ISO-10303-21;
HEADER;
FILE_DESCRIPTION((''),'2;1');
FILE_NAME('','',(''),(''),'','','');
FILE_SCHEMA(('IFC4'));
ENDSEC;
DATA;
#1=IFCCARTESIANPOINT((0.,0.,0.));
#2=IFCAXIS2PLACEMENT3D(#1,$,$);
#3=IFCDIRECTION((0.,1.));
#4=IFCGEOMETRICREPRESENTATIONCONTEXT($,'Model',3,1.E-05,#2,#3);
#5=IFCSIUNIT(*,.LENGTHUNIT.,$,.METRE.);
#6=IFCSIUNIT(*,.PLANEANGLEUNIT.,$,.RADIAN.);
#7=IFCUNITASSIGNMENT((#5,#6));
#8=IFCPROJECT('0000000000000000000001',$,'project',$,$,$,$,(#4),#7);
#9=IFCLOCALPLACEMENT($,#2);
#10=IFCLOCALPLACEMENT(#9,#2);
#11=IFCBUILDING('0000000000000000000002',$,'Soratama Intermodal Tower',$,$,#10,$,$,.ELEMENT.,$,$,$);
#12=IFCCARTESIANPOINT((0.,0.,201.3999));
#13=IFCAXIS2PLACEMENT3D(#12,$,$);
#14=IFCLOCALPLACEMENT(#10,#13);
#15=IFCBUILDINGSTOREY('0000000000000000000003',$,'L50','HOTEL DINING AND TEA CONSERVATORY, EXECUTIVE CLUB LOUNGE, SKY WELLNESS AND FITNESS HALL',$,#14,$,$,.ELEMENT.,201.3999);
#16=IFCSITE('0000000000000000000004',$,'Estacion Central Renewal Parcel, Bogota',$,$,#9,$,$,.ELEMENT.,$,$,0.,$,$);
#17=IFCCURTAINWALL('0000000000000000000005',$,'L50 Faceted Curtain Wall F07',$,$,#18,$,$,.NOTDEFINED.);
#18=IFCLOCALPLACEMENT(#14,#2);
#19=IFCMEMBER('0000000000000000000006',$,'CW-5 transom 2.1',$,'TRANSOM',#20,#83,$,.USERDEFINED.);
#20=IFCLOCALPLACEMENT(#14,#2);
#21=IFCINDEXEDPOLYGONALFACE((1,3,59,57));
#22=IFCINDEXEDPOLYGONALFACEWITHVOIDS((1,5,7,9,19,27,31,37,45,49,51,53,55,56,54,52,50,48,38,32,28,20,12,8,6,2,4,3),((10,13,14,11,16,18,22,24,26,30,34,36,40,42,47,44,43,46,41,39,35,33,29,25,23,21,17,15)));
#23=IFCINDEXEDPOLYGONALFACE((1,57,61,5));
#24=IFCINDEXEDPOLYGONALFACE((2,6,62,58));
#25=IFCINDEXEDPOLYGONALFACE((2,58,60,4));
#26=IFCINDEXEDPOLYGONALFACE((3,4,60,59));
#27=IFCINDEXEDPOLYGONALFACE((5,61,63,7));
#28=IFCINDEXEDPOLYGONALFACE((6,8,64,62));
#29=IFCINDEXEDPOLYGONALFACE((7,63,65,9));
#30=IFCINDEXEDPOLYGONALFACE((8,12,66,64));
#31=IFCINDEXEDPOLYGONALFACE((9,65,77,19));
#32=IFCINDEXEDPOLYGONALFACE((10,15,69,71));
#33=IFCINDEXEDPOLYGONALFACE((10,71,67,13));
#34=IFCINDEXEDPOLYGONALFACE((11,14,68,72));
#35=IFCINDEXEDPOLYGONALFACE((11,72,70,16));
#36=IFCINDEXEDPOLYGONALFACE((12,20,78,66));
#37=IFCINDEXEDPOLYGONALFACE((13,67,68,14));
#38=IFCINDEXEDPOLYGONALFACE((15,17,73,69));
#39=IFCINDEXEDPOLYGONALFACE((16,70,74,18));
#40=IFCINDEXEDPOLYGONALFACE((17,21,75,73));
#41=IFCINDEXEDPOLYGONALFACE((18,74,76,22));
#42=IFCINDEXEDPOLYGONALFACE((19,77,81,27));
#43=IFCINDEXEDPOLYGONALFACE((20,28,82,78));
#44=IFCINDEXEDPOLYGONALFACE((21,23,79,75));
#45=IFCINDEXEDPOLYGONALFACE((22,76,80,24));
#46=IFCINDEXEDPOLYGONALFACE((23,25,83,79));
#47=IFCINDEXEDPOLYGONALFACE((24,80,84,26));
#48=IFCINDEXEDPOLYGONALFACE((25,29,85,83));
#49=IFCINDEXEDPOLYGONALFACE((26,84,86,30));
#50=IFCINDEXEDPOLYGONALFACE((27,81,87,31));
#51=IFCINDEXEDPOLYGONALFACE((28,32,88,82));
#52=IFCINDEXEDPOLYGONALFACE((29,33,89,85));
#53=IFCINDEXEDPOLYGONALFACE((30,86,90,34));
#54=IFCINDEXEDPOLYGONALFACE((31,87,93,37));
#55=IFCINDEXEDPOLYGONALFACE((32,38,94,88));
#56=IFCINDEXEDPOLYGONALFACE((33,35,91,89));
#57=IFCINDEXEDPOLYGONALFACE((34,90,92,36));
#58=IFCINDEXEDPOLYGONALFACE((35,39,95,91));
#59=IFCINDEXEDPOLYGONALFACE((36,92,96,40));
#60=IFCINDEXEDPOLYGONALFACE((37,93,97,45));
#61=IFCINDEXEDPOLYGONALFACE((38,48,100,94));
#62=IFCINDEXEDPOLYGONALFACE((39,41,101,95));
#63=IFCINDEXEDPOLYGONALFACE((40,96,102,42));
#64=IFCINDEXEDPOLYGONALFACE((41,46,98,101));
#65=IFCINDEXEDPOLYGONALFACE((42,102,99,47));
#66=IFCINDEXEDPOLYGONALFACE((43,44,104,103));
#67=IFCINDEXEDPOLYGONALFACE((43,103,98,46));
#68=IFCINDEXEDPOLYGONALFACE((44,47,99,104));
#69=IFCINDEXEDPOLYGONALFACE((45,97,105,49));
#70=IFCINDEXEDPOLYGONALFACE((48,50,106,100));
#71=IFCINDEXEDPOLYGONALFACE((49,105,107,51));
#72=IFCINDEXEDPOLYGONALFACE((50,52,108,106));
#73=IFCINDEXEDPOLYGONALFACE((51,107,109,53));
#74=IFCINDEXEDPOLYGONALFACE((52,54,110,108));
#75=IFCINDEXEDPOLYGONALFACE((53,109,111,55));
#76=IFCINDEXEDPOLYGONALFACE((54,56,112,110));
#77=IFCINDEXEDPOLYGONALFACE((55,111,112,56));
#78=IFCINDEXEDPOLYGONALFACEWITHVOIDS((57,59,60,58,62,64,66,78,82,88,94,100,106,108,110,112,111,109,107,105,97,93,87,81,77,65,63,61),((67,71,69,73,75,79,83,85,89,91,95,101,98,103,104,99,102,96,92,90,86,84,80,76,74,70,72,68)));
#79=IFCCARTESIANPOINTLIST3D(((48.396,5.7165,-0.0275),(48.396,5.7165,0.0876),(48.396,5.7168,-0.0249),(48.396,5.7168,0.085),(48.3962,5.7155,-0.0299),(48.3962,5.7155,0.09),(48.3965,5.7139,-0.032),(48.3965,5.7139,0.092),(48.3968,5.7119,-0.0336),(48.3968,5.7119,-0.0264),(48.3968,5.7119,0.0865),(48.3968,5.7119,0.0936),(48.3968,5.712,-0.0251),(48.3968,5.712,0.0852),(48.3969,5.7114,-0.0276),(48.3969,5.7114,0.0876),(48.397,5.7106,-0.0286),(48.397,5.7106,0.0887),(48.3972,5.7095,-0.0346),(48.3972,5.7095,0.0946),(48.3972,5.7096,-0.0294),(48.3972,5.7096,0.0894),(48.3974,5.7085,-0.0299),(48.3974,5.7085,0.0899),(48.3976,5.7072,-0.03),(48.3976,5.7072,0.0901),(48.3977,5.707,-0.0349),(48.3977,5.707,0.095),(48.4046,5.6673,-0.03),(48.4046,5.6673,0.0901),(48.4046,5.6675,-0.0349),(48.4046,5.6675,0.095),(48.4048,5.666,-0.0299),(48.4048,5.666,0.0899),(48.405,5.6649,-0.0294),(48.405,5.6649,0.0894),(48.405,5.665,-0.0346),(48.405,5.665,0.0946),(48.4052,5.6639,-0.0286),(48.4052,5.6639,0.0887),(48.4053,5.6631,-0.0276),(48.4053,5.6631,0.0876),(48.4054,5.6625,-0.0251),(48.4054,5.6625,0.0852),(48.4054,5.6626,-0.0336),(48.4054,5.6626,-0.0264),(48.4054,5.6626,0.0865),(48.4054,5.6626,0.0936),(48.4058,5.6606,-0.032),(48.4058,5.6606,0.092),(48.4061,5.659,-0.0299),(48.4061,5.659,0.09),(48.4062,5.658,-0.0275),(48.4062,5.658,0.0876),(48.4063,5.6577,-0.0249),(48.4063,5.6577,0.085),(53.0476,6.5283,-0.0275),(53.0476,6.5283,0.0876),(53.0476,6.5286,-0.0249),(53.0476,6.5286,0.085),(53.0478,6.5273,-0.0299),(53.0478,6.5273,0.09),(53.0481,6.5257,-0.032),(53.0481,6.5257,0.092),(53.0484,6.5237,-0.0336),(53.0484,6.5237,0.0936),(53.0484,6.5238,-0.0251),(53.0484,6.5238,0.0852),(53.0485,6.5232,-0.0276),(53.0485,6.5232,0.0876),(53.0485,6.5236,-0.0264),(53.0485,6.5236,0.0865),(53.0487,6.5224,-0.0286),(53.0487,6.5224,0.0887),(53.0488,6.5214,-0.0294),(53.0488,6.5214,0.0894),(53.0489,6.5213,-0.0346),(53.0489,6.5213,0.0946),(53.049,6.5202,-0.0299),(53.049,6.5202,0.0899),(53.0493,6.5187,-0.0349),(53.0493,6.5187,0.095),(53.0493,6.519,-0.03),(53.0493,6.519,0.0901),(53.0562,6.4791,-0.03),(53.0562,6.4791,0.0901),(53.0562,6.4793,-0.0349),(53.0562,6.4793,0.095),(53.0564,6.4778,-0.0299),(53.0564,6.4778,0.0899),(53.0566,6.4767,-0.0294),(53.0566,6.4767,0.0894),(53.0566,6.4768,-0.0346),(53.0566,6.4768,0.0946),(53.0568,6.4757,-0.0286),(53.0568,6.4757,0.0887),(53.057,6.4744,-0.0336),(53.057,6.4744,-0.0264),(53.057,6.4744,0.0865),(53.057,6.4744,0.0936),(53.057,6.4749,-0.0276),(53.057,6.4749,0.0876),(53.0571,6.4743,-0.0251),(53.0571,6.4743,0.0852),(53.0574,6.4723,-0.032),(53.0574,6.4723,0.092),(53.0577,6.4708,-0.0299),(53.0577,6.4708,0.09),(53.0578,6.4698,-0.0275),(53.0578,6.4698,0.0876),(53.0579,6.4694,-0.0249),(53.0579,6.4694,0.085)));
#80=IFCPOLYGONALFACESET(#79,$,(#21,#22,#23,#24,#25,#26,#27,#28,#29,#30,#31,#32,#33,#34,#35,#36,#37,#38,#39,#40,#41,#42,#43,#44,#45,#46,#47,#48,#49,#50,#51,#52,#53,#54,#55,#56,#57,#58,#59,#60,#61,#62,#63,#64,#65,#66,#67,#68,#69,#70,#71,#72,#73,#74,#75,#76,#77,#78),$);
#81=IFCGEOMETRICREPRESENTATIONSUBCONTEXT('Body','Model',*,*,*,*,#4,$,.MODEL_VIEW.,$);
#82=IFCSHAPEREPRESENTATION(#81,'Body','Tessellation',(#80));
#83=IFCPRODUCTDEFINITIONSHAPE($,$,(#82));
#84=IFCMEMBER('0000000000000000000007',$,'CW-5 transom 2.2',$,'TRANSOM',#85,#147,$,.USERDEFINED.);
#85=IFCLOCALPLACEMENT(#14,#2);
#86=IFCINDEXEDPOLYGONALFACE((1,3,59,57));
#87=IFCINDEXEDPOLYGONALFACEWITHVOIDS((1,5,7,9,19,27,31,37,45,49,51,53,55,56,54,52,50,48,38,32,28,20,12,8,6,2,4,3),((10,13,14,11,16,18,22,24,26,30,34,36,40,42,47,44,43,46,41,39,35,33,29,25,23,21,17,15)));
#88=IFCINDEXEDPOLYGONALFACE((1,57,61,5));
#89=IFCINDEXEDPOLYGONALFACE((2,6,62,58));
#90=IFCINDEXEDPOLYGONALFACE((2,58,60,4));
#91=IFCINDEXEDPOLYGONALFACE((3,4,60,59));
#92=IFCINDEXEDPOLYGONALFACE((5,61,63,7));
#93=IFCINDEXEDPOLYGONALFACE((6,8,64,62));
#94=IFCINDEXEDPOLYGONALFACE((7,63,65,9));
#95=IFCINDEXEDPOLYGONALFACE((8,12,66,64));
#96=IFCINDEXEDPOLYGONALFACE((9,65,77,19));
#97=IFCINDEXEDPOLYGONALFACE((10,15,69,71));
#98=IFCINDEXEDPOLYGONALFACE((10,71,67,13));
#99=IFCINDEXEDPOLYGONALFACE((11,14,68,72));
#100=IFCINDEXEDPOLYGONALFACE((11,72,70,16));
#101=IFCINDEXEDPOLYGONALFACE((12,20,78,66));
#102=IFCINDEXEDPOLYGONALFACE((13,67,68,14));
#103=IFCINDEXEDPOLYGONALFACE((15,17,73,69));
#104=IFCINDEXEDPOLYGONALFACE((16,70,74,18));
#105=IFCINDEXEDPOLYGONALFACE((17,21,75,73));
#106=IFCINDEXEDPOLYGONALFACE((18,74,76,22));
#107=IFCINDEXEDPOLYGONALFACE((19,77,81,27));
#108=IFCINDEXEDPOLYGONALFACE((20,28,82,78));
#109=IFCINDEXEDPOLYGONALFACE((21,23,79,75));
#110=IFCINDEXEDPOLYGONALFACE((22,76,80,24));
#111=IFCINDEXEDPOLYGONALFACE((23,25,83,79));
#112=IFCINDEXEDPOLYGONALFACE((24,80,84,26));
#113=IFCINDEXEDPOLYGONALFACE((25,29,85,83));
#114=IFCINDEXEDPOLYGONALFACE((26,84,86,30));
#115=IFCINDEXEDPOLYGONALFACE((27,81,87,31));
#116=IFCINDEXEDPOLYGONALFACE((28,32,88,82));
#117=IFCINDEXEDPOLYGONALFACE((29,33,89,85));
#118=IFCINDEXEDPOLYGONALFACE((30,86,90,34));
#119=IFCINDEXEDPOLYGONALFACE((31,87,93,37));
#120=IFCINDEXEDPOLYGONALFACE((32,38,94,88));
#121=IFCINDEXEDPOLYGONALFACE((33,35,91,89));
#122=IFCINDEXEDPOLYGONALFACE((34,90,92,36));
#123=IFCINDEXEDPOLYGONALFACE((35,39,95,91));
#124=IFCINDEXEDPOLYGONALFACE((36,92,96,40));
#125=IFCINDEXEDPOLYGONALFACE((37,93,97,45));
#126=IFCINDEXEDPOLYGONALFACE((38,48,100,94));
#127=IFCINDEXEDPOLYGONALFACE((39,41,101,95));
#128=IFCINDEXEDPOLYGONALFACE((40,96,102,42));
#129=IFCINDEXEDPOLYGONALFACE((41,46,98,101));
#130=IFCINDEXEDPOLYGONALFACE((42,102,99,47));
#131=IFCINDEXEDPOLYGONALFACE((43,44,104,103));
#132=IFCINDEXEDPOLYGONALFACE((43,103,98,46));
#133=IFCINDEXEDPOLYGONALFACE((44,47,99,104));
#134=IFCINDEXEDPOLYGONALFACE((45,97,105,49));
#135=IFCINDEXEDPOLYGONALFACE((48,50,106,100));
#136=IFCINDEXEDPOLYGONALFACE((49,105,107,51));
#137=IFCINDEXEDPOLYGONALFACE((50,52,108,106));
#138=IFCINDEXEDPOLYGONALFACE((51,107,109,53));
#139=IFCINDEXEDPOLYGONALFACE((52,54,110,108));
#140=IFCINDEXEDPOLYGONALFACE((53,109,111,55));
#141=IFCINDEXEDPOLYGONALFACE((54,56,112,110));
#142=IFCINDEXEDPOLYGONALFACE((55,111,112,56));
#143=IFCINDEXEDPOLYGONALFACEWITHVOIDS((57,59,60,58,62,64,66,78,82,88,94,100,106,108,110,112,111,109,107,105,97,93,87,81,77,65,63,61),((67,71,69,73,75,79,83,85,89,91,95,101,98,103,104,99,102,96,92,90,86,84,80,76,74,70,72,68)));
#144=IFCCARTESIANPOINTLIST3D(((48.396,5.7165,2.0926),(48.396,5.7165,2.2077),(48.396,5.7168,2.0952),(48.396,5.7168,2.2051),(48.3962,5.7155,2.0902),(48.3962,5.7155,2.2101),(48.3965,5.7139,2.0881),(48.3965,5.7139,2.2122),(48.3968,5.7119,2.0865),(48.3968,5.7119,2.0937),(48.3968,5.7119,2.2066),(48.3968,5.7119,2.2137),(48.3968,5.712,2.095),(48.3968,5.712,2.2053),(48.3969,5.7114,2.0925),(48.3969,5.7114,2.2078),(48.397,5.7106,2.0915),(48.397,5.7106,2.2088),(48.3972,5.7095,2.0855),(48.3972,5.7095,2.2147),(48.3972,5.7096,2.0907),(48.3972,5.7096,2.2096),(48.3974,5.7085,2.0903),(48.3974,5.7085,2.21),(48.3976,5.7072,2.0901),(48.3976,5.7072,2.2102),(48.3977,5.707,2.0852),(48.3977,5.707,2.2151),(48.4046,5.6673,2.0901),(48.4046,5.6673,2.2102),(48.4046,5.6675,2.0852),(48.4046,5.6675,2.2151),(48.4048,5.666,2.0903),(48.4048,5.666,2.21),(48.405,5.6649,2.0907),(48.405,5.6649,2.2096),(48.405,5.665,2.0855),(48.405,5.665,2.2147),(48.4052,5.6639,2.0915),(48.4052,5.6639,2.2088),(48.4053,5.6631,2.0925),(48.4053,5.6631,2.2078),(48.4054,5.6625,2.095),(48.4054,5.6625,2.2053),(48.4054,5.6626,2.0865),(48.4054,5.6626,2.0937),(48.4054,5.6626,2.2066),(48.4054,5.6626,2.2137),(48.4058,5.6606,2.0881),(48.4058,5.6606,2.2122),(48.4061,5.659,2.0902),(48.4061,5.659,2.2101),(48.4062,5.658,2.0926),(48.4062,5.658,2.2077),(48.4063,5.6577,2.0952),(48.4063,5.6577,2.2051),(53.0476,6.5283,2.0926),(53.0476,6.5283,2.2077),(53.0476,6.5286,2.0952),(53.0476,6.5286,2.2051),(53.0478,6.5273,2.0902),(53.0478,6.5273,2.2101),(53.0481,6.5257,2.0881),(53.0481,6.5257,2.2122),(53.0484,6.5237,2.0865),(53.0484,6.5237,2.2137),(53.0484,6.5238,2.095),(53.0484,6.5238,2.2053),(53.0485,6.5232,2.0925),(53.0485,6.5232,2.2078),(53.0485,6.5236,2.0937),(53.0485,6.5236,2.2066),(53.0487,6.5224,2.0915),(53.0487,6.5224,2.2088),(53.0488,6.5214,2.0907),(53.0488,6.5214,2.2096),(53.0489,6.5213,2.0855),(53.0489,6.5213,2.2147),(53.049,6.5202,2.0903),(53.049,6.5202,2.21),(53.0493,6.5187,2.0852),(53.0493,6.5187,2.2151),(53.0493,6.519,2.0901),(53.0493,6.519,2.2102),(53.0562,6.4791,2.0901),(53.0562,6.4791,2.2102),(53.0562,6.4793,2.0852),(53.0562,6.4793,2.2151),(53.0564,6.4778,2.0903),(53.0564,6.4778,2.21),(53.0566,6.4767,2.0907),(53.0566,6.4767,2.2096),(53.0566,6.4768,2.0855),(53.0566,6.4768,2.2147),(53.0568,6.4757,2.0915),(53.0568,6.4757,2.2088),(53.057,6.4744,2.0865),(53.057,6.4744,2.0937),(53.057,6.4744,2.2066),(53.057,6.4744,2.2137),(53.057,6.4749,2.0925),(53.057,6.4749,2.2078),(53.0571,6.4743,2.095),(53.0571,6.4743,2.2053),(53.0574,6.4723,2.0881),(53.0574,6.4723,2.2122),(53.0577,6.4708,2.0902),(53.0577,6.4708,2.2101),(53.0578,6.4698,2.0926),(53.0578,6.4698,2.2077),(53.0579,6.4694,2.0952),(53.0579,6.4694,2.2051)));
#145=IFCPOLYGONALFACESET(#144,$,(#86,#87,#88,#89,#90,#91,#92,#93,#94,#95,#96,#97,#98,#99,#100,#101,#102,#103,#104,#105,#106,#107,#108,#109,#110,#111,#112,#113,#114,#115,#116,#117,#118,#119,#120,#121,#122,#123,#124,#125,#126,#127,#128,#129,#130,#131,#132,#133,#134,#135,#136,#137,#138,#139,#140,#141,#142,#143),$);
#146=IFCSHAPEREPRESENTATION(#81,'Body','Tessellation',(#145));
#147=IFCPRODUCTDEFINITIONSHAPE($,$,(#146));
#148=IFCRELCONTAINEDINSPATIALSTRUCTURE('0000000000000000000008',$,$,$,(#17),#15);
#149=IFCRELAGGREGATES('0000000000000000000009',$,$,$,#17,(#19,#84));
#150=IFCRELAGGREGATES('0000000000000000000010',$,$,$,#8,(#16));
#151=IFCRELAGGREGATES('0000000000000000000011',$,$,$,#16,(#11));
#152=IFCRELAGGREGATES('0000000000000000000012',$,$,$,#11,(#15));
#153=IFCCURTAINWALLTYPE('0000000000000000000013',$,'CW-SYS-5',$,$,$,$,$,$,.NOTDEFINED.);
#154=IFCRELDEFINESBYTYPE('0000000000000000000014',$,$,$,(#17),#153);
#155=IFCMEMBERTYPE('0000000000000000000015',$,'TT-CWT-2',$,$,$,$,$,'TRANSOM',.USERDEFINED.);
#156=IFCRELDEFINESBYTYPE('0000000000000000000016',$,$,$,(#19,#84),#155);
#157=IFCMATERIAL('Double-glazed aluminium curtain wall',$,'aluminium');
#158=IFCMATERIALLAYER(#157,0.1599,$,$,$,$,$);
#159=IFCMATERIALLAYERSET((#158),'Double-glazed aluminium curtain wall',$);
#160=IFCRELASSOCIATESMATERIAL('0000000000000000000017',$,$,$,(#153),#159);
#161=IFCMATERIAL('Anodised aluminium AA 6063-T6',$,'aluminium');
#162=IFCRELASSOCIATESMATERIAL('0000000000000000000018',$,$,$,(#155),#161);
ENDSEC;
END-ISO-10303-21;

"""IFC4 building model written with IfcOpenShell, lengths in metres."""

from ifc_helpers import new_model, si_unit, direction, frame, origin, origin_2d, place, context, subcontext, project, spatial, hollow_rectangle, extrude, material, layer, layer_set, material_profile, profile_set, type_object, element, aggregate, save


model = new_model("IFC4")

# Units and contexts
model_context = context("Model", 3, precision=1e-05, world=origin(), true_north=direction((0.0, 1.0)))
body_context = subcontext(model_context, "Body", "Model", "MODEL_VIEW")
ifc_project = project(units=[si_unit("LENGTHUNIT", "METRE"), si_unit("PLANEANGLEUNIT", "RADIAN")], contexts=[model_context])

# Site, building, storey
site_placement = place(None, origin())
site = spatial("IfcSite", under=ifc_project, at=site_placement, Name="Estacion Central Renewal Parcel, Bogota", CompositionType="ELEMENT", RefElevation=0.0)
building_placement = place(site_placement, origin())
building = spatial("IfcBuilding", under=site, at=building_placement, Name="Soratama Intermodal Tower", CompositionType="ELEMENT")
storey_placement = place(building_placement, frame((0.0, 0.0, 201.3999)))
storey = spatial("IfcBuildingStorey", under=building, at=storey_placement, Name="L50", Description="HOTEL DINING AND TEA CONSERVATORY, EXECUTIVE CLUB LOUNGE, SKY WELLNESS AND FITNESS HALL", CompositionType="ELEMENT", Elevation=201.3999)

# Curtain wall
ifc_material_1 = material(Name="Double-glazed aluminium curtain wall", Category="aluminium")
ifc_layer_1 = layer(ifc_material_1, 0.1599)
ifc_layer_set_1 = layer_set([ifc_layer_1], Name="Double-glazed aluminium curtain wall")
curtain_wall_type = type_object("IfcCurtainWallType", Name="CW-SYS-5", PredefinedType="NOTDEFINED", material=ifc_layer_set_1)
curtain_wall_1_placement = place(storey_placement, origin())
curtain_wall_1 = element("IfcCurtainWall", 1, at=curtain_wall_1_placement, inside=storey, type_object=curtain_wall_type, Name="L50 Faceted Curtain Wall F07", PredefinedType="NOTDEFINED")

# Members
ifc_material_2 = material(Name="Anodised aluminium AA 6063-T6", Category="aluminium")
ifc_material_profile_1 = material_profile(ifc_material_2, hollow_rectangle(XDim=0.0601, YDim=0.1299, WallThickness=0.0049, InnerFilletRadius=0.0049, OuterFilletRadius=0.01, at=origin_2d()), Name="CWT130X60X5")
ifc_profile_set_1 = profile_set([ifc_material_profile_1], Name="Anodised aluminium AA 6063-T6")
member_type_1 = type_object("IfcMemberType", Name="TT-CWT-2", ElementType="TRANSOM", PredefinedType="USERDEFINED", material=ifc_profile_set_1)
member_1_placement = place(storey_placement, frame((48.4011, 5.6873, 0.03), z_axis=(0.985112, 0.171915, 0.0), x_axis=(-0.171915, 0.985112, 0.0)))
member_1 = element("IfcMember", 2, at=member_1_placement, type_object=member_type_1, Name="CW-5 transom 2.1", ObjectType="TRANSOM", PredefinedType="USERDEFINED", context=body_context, shape_type="SweptSolid", body=[
    extrude(hollow_rectangle(XDim=0.0601, YDim=0.1299, WallThickness=0.0049, InnerFilletRadius=0.0049, OuterFilletRadius=0.01, at=origin_2d()), origin(), (0.0, 0.0, 1.0), 4.7219),
])
member_2_placement = place(storey_placement, frame((48.4011, 5.6873, 2.1501), z_axis=(0.985112, 0.171915, 0.0), x_axis=(-0.171915, 0.985112, 0.0)))
member_2 = element("IfcMember", 3, at=member_2_placement, type_object=member_type_1, Name="CW-5 transom 2.2", ObjectType="TRANSOM", PredefinedType="USERDEFINED", context=body_context, shape_type="SweptSolid", body=[
    extrude(hollow_rectangle(XDim=0.0601, YDim=0.1299, WallThickness=0.0049, InnerFilletRadius=0.0049, OuterFilletRadius=0.01, at=origin_2d()), origin(), (0.0, 0.0, 1.0), 4.7219),
])

aggregate(curtain_wall_1, [member_1, member_2])

save(model, "model.ifc")
